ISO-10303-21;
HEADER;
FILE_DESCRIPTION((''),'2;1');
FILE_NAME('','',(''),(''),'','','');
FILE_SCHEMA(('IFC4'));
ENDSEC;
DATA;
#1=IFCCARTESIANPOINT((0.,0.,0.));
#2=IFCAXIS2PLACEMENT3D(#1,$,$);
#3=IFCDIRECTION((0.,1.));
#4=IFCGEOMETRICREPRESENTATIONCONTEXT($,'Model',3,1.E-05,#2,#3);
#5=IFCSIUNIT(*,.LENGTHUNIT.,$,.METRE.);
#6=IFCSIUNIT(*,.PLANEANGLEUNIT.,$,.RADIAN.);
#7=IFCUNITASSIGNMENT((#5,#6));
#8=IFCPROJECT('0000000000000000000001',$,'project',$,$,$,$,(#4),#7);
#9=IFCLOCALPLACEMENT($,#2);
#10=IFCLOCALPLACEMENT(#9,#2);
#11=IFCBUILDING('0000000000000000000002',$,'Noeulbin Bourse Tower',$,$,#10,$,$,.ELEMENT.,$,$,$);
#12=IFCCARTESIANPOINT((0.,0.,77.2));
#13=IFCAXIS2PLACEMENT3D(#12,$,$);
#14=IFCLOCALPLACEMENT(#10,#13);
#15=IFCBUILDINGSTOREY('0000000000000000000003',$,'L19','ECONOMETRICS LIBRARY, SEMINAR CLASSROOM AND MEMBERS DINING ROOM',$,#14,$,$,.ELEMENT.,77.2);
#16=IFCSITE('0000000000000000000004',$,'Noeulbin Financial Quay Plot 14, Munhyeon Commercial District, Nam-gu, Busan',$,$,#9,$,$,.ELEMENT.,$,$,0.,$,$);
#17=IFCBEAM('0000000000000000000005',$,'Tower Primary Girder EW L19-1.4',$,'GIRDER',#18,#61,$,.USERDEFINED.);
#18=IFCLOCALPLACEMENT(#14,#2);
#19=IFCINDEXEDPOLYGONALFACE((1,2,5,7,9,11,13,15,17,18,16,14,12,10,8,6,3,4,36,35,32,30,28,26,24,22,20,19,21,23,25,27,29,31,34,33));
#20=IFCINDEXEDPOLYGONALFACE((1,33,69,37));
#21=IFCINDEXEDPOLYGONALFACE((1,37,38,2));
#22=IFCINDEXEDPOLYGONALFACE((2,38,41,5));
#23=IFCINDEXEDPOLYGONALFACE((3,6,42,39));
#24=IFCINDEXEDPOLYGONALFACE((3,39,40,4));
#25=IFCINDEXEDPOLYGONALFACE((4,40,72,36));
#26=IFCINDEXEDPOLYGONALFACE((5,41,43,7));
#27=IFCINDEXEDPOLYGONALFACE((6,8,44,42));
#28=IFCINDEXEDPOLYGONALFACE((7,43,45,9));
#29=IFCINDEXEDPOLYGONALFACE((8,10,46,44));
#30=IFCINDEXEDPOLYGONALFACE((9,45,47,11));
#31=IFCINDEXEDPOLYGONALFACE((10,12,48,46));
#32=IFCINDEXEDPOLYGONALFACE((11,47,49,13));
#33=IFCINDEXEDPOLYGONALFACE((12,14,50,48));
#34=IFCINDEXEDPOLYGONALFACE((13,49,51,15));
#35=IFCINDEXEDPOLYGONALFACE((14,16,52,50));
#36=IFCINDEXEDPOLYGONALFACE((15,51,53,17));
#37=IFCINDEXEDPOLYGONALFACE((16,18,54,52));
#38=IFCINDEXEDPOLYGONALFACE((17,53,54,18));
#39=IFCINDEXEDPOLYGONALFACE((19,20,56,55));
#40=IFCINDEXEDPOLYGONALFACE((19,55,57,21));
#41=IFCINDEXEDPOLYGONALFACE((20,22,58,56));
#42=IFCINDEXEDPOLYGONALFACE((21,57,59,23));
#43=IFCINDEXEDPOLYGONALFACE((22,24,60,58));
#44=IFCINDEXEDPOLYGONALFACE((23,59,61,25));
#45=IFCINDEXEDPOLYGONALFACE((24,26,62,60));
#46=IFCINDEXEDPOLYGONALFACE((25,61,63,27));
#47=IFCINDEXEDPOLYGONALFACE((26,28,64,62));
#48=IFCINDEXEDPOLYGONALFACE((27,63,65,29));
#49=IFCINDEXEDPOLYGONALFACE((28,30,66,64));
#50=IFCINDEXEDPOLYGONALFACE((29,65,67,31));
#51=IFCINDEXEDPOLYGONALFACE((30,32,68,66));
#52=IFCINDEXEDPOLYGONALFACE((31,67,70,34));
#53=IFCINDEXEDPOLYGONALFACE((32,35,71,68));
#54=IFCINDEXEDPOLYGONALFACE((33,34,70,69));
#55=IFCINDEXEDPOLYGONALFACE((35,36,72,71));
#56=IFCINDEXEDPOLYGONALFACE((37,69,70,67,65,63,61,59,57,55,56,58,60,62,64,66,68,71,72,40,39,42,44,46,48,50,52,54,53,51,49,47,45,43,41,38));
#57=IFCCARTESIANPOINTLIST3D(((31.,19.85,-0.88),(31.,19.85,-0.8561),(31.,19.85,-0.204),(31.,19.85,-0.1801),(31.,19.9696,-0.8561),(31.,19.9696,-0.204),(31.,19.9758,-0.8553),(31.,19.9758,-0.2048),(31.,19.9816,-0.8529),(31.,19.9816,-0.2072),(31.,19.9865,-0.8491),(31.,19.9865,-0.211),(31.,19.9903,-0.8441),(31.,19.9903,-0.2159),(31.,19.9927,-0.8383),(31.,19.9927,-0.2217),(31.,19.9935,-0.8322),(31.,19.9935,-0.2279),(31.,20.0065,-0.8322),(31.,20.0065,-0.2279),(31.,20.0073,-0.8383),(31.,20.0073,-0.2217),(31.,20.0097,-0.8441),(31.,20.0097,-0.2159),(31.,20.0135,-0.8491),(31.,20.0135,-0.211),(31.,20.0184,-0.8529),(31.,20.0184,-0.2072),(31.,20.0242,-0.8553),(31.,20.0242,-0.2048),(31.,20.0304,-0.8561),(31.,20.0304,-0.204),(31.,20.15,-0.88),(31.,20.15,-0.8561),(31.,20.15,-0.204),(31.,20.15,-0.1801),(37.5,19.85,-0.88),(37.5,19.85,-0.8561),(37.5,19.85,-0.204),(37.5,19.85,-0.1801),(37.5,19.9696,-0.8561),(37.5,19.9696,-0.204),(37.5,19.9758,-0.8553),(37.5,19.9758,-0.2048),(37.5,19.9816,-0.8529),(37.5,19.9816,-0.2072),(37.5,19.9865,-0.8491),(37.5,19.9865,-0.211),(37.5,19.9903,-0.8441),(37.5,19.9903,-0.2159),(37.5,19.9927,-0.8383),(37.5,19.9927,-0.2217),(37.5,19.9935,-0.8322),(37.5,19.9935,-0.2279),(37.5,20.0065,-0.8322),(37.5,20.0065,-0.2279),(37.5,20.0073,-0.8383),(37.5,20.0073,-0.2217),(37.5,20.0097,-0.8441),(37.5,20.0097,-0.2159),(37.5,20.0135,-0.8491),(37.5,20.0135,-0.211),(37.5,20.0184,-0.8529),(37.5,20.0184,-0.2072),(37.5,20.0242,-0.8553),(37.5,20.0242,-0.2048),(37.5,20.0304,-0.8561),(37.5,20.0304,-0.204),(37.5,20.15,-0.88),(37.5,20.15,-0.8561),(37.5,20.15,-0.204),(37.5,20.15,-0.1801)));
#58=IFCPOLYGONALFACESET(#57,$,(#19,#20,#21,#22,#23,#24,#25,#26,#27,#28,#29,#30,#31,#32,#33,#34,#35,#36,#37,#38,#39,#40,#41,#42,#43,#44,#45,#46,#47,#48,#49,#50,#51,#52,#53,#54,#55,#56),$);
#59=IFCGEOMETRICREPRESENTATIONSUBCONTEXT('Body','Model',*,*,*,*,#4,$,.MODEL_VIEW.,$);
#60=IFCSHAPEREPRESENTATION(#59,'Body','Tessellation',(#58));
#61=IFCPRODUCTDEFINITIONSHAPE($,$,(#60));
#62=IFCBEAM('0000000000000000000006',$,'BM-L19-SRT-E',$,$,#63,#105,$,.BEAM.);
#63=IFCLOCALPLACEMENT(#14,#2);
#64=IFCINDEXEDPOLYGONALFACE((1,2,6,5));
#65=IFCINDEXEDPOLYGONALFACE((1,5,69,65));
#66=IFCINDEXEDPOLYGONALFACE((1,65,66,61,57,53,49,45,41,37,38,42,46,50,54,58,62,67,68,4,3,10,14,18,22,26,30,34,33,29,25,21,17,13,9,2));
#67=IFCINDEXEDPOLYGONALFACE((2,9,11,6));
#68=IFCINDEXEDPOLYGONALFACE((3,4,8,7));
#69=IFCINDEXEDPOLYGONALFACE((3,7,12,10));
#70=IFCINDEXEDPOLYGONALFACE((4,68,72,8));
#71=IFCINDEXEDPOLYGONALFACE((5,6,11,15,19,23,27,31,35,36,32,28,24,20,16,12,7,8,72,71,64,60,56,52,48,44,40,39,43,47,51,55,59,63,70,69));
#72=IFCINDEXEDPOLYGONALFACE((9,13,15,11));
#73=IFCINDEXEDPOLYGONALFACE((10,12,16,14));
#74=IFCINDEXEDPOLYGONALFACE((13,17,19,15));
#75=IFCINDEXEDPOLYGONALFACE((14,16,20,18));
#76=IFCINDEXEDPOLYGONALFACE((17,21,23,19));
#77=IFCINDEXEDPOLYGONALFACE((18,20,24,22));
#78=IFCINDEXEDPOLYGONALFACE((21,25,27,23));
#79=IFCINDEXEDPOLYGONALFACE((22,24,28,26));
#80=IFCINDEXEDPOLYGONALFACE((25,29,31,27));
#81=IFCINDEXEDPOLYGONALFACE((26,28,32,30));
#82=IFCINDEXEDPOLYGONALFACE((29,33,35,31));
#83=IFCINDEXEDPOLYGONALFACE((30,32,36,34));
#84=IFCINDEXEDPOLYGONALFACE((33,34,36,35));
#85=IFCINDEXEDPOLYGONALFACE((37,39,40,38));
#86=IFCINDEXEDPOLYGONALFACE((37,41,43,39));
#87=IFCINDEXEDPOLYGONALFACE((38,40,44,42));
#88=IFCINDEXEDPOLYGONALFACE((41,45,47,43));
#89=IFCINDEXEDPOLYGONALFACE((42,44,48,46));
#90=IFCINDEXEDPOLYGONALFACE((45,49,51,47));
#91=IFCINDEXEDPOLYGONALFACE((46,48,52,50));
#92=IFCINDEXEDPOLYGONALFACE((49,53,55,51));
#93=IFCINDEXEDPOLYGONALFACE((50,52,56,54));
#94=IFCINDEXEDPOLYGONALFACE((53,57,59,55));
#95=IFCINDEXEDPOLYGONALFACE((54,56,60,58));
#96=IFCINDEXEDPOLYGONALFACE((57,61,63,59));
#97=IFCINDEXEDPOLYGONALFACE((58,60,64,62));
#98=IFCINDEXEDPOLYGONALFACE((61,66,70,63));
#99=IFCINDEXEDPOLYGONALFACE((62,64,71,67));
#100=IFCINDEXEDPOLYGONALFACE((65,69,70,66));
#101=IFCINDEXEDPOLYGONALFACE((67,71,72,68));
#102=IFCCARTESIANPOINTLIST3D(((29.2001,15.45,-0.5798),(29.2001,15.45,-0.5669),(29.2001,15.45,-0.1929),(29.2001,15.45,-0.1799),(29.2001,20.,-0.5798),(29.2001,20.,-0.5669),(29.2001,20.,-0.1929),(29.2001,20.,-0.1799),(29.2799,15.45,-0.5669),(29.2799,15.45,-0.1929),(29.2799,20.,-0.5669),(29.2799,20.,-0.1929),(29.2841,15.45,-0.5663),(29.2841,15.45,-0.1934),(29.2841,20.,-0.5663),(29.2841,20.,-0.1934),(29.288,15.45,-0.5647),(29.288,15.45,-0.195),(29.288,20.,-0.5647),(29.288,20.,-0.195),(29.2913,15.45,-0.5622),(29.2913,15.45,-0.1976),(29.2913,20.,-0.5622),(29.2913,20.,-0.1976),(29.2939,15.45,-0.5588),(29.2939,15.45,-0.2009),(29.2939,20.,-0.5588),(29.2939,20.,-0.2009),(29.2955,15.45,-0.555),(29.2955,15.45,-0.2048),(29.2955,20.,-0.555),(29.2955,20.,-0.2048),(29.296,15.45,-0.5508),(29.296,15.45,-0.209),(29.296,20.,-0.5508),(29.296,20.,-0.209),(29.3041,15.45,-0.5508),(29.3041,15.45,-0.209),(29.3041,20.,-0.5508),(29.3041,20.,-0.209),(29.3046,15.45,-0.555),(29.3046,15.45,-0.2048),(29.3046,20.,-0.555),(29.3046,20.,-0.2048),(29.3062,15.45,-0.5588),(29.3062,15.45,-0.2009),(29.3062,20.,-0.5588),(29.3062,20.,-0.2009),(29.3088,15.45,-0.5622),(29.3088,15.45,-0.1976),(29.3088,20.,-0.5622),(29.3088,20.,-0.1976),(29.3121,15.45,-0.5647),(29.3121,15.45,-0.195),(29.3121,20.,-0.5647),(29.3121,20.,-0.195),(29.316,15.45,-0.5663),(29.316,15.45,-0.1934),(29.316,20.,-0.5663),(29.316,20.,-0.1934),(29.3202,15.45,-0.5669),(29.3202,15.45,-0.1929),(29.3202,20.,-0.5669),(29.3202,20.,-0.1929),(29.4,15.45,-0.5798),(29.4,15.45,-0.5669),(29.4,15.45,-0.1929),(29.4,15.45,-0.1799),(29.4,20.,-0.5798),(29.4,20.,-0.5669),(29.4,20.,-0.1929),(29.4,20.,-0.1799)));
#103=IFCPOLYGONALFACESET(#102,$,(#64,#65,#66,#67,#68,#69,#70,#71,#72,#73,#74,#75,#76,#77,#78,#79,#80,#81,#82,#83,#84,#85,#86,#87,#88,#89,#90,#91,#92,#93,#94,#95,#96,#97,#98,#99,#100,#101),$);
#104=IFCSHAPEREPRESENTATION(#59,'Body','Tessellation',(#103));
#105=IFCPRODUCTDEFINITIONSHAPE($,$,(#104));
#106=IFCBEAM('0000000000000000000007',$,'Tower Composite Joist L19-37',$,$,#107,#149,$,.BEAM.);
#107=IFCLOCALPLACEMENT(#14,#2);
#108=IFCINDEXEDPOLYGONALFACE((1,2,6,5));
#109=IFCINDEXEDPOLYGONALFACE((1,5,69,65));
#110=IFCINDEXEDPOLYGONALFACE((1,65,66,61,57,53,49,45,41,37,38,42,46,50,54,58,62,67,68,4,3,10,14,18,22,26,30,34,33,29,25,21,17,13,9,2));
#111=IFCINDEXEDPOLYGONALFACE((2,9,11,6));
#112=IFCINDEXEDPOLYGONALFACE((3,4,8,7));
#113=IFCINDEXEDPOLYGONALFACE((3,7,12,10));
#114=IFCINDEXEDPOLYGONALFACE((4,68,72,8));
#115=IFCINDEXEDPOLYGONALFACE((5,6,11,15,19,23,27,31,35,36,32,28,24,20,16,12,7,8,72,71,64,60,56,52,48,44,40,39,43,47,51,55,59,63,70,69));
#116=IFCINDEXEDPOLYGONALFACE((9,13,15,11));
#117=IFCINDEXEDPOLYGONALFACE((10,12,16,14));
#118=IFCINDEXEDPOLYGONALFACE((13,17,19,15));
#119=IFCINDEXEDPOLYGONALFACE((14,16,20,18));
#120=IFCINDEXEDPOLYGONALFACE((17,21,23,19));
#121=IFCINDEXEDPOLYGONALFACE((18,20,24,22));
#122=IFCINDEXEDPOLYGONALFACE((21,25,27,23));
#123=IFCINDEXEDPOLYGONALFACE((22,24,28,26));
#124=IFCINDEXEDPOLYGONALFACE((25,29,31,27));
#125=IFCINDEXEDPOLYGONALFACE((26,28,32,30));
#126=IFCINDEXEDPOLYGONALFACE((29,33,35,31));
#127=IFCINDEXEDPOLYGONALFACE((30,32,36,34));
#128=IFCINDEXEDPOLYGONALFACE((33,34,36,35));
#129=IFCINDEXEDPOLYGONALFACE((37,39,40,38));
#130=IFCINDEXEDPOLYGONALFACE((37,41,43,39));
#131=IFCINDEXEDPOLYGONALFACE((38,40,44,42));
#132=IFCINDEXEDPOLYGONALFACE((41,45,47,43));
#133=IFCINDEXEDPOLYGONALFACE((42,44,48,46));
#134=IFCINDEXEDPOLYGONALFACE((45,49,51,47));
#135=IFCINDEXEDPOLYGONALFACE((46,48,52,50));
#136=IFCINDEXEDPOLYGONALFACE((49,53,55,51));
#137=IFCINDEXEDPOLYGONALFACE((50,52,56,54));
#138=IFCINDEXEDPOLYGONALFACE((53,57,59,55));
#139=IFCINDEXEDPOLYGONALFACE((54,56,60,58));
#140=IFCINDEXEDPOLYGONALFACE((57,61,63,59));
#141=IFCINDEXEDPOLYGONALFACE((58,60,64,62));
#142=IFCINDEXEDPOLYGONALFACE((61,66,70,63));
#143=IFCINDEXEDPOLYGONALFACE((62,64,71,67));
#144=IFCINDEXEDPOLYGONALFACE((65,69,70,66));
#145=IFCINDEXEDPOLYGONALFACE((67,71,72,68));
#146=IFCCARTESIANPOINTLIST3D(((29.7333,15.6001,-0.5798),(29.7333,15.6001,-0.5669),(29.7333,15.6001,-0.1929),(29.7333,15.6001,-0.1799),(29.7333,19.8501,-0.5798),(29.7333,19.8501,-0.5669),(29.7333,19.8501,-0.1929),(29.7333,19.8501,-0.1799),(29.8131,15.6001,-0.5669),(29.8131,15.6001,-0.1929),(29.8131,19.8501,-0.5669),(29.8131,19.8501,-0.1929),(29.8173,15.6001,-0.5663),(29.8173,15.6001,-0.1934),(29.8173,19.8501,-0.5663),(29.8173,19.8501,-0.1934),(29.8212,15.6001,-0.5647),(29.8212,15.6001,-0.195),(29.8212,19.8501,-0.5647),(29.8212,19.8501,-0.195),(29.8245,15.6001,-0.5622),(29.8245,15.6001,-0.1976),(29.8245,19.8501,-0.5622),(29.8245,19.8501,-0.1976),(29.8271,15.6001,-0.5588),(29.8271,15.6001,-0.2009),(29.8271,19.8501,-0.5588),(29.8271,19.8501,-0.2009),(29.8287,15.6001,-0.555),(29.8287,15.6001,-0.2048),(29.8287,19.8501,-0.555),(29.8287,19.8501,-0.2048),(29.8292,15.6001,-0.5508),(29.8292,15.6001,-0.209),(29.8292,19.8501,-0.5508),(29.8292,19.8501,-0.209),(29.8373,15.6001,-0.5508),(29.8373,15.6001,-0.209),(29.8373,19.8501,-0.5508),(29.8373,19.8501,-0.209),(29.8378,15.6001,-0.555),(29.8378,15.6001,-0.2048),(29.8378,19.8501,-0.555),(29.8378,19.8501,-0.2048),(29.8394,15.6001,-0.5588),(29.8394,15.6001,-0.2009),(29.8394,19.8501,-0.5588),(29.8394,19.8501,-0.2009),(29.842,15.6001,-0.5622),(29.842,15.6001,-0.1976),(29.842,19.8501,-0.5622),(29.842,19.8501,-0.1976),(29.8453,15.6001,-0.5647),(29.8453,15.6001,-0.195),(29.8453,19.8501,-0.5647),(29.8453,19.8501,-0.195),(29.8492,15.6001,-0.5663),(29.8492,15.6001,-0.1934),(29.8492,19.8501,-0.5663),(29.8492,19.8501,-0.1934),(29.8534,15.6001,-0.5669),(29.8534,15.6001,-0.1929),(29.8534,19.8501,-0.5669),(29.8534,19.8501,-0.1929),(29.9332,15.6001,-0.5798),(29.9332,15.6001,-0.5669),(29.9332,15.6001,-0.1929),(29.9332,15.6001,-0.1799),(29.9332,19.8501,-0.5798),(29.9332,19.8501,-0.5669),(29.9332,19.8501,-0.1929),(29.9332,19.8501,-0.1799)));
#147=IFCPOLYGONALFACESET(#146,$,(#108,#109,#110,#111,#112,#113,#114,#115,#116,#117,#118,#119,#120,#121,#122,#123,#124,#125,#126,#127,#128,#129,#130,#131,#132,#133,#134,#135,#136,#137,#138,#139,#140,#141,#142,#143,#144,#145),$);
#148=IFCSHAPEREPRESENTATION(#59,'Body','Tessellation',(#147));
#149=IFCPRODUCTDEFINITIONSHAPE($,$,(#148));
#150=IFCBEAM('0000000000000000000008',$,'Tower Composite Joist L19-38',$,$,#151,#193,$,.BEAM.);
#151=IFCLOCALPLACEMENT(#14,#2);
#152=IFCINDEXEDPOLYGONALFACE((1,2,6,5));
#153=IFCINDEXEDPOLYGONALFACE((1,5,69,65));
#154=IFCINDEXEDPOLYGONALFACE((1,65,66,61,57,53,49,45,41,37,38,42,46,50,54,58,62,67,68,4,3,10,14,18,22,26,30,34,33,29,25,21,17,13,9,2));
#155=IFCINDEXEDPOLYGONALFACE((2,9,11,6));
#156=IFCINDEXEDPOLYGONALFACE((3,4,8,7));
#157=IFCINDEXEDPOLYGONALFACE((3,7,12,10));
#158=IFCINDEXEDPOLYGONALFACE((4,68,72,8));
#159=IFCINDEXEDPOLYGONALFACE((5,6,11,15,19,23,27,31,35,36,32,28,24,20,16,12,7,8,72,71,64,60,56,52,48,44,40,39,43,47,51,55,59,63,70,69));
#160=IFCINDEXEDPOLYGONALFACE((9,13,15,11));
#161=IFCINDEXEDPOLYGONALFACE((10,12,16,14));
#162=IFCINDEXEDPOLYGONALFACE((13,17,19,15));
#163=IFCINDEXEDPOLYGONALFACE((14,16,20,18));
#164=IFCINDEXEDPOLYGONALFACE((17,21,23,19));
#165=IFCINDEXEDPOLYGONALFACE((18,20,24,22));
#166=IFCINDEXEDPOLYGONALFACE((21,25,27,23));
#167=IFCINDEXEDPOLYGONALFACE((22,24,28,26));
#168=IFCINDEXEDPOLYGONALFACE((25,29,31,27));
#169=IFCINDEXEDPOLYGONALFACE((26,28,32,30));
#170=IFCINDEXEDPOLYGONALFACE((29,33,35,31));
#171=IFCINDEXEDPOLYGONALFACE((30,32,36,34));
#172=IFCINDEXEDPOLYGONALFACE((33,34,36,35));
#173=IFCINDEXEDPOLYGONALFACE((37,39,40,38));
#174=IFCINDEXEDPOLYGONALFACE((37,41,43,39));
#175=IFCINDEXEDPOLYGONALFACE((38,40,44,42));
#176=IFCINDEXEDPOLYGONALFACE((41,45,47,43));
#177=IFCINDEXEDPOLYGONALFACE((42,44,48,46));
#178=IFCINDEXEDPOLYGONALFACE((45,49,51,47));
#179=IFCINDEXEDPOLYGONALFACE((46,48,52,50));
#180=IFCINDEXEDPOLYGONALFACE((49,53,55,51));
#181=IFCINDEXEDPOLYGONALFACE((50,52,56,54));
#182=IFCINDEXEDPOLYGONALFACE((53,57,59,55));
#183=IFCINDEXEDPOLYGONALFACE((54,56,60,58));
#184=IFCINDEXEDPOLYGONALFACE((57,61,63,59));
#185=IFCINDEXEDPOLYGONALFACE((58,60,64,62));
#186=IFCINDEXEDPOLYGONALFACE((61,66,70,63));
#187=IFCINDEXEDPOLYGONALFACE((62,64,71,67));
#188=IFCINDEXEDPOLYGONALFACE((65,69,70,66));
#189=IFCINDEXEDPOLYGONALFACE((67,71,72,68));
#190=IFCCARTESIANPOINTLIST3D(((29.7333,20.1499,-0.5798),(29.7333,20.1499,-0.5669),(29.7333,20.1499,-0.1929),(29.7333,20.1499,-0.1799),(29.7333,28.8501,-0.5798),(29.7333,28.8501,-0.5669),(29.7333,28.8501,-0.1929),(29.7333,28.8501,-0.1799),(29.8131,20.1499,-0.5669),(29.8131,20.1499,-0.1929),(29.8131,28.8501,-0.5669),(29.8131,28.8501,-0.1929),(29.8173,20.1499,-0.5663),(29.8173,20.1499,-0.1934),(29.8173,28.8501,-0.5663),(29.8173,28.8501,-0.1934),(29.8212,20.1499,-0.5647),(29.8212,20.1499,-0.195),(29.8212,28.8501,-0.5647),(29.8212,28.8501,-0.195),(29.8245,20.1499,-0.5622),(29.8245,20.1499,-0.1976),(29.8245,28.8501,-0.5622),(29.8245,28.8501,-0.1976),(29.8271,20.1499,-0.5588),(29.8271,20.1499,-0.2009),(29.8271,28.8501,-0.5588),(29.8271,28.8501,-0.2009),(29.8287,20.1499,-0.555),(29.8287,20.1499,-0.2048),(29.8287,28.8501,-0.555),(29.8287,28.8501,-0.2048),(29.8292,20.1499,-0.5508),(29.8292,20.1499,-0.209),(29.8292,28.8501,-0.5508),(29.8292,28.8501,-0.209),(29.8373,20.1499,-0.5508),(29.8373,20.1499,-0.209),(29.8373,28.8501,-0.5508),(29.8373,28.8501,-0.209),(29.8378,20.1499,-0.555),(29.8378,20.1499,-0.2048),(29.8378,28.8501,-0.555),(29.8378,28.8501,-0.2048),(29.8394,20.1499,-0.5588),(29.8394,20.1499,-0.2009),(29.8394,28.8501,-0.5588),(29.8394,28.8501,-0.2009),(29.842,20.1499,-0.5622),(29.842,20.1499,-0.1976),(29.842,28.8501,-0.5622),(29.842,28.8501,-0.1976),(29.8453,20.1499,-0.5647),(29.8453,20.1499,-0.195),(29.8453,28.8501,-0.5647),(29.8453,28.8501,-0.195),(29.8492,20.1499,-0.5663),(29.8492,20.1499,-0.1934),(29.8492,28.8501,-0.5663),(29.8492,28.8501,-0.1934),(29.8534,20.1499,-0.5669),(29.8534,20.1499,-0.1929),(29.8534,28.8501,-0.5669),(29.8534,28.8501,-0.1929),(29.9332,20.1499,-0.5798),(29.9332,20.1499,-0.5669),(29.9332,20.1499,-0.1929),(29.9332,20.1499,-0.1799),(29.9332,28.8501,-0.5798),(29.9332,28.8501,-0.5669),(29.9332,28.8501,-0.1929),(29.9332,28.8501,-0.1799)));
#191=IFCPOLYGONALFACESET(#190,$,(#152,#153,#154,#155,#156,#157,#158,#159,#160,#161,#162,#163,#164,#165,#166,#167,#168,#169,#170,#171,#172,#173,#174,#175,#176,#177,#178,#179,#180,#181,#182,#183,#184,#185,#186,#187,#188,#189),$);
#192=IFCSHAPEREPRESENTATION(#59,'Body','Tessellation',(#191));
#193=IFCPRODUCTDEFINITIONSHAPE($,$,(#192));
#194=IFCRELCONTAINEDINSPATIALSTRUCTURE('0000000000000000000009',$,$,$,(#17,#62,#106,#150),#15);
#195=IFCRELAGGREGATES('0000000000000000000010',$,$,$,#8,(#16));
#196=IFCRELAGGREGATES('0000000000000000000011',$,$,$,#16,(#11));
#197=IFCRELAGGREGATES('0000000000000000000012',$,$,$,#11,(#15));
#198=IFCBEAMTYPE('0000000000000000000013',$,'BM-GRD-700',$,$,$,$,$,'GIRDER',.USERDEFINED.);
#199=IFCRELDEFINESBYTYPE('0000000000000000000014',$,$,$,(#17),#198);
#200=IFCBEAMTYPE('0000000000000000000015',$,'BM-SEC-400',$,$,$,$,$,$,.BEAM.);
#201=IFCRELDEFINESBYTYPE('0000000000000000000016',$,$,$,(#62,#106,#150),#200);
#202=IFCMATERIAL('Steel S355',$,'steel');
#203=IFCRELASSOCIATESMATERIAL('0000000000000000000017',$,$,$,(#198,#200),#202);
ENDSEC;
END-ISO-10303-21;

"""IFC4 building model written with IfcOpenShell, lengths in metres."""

from ifc_helpers import new_model, si_unit, direction, frame, origin, origin_2d, place, context, subcontext, project, spatial, i_section, extrude, material, material_profile, profile_set, type_object, element, save


model = new_model("IFC4")

# Units and contexts
model_context = context("Model", 3, precision=1e-05, world=origin(), true_north=direction((0.0, 1.0)))
body_context = subcontext(model_context, "Body", "Model", "MODEL_VIEW")
ifc_project = project(units=[si_unit("LENGTHUNIT", "METRE"), si_unit("PLANEANGLEUNIT", "RADIAN")], contexts=[model_context])

# Site, building, storey
site_placement = place(None, origin())
site = spatial("IfcSite", under=ifc_project, at=site_placement, Name="Noeulbin Financial Quay Plot 14, Munhyeon Commercial District, Nam-gu, Busan", CompositionType="ELEMENT", RefElevation=0.0)
building_placement = place(site_placement, origin())
building = spatial("IfcBuilding", under=site, at=building_placement, Name="Noeulbin Bourse Tower", CompositionType="ELEMENT")
storey_placement = place(building_placement, frame((0.0, 0.0, 77.2)))
storey = spatial("IfcBuildingStorey", under=building, at=storey_placement, Name="L19", Description="ECONOMETRICS LIBRARY, SEMINAR CLASSROOM AND MEMBERS DINING ROOM", CompositionType="ELEMENT", Elevation=77.2)

# Shared definitions
ifc_material_1 = material(Name="Steel S355", Category="steel")

# Beams
ifc_material_profile_1 = material_profile(ifc_material_1, i_section(OverallWidth=0.3, OverallDepth=0.7, WebThickness=0.0129, FlangeThickness=0.0239, FilletRadius=0.0239, at=origin_2d()), Name="H-700x300x13x24", Category="LoadBearing")
ifc_profile_set_1 = profile_set([ifc_material_profile_1], Name="Steel S355")
beam_type_1 = type_object("IfcBeamType", Name="BM-GRD-700", ElementType="GIRDER", PredefinedType="USERDEFINED", material=ifc_profile_set_1)
beam_1_placement = place(storey_placement, frame((31.0, 20.0, -0.53), z_axis=(1.0, 0.0, 0.0), x_axis=(0.0, 1.0, 0.0)))
element("IfcBeam", 1, at=beam_1_placement, inside=storey, type_object=beam_type_1, Name="Tower Primary Girder EW L19-1.4", ObjectType="GIRDER", PredefinedType="USERDEFINED", context=body_context, shape_type="SweptSolid", body=[
    extrude(i_section(OverallWidth=0.3, OverallDepth=0.7, WebThickness=0.0129, FlangeThickness=0.0239, FilletRadius=0.0239, at=origin_2d()), origin(), (0.0, 0.0, 1.0), 6.5),
])
ifc_material_profile_2 = material_profile(ifc_material_1, i_section(OverallWidth=0.2, OverallDepth=0.3999, WebThickness=0.0081, FlangeThickness=0.0129, FilletRadius=0.0161, at=origin_2d()), Name="H-400x200x8x13", Category="LoadBearing")
ifc_profile_set_2 = profile_set([ifc_material_profile_2], Name="Steel S355")
beam_type_2 = type_object("IfcBeamType", Name="BM-SEC-400", PredefinedType="BEAM", material=ifc_profile_set_2)
beam_2_placement = place(storey_placement, frame((29.3, 15.45, -0.3799), z_axis=(0.0, 1.0, 0.0), x_axis=(-1.0, 0.0, 0.0)))
element("IfcBeam", 2, at=beam_2_placement, inside=storey, type_object=beam_type_2, Name="BM-L19-SRT-E", PredefinedType="BEAM", context=body_context, shape_type="SweptSolid", body=[
    extrude(i_section(OverallWidth=0.2, OverallDepth=0.3999, WebThickness=0.0081, FlangeThickness=0.0129, FilletRadius=0.0161, at=origin_2d()), origin(), (0.0, 0.0, 1.0), 4.55),
])
beam_3_placement = place(storey_placement, frame((29.8333, 15.6001, -0.3799), z_axis=(0.0, 1.0, 0.0), x_axis=(-1.0, 0.0, 0.0)))
element("IfcBeam", 3, at=beam_3_placement, inside=storey, type_object=beam_type_2, Name="Tower Composite Joist L19-37", PredefinedType="BEAM", context=body_context, shape_type="SweptSolid", body=[
    extrude(i_section(OverallWidth=0.2, OverallDepth=0.3999, WebThickness=0.0081, FlangeThickness=0.0129, FilletRadius=0.0161, at=origin_2d()), origin(), (0.0, 0.0, 1.0), 4.25),
])
beam_4_placement = place(storey_placement, frame((29.8333, 20.1499, -0.3799), z_axis=(0.0, 1.0, 0.0), x_axis=(-1.0, 0.0, 0.0)))
element("IfcBeam", 4, at=beam_4_placement, inside=storey, type_object=beam_type_2, Name="Tower Composite Joist L19-38", PredefinedType="BEAM", context=body_context, shape_type="SweptSolid", body=[
    extrude(i_section(OverallWidth=0.2, OverallDepth=0.3999, WebThickness=0.0081, FlangeThickness=0.0129, FilletRadius=0.0161, at=origin_2d()), origin(), (0.0, 0.0, 1.0), 8.7002),
])

save(model, "model.ifc")
